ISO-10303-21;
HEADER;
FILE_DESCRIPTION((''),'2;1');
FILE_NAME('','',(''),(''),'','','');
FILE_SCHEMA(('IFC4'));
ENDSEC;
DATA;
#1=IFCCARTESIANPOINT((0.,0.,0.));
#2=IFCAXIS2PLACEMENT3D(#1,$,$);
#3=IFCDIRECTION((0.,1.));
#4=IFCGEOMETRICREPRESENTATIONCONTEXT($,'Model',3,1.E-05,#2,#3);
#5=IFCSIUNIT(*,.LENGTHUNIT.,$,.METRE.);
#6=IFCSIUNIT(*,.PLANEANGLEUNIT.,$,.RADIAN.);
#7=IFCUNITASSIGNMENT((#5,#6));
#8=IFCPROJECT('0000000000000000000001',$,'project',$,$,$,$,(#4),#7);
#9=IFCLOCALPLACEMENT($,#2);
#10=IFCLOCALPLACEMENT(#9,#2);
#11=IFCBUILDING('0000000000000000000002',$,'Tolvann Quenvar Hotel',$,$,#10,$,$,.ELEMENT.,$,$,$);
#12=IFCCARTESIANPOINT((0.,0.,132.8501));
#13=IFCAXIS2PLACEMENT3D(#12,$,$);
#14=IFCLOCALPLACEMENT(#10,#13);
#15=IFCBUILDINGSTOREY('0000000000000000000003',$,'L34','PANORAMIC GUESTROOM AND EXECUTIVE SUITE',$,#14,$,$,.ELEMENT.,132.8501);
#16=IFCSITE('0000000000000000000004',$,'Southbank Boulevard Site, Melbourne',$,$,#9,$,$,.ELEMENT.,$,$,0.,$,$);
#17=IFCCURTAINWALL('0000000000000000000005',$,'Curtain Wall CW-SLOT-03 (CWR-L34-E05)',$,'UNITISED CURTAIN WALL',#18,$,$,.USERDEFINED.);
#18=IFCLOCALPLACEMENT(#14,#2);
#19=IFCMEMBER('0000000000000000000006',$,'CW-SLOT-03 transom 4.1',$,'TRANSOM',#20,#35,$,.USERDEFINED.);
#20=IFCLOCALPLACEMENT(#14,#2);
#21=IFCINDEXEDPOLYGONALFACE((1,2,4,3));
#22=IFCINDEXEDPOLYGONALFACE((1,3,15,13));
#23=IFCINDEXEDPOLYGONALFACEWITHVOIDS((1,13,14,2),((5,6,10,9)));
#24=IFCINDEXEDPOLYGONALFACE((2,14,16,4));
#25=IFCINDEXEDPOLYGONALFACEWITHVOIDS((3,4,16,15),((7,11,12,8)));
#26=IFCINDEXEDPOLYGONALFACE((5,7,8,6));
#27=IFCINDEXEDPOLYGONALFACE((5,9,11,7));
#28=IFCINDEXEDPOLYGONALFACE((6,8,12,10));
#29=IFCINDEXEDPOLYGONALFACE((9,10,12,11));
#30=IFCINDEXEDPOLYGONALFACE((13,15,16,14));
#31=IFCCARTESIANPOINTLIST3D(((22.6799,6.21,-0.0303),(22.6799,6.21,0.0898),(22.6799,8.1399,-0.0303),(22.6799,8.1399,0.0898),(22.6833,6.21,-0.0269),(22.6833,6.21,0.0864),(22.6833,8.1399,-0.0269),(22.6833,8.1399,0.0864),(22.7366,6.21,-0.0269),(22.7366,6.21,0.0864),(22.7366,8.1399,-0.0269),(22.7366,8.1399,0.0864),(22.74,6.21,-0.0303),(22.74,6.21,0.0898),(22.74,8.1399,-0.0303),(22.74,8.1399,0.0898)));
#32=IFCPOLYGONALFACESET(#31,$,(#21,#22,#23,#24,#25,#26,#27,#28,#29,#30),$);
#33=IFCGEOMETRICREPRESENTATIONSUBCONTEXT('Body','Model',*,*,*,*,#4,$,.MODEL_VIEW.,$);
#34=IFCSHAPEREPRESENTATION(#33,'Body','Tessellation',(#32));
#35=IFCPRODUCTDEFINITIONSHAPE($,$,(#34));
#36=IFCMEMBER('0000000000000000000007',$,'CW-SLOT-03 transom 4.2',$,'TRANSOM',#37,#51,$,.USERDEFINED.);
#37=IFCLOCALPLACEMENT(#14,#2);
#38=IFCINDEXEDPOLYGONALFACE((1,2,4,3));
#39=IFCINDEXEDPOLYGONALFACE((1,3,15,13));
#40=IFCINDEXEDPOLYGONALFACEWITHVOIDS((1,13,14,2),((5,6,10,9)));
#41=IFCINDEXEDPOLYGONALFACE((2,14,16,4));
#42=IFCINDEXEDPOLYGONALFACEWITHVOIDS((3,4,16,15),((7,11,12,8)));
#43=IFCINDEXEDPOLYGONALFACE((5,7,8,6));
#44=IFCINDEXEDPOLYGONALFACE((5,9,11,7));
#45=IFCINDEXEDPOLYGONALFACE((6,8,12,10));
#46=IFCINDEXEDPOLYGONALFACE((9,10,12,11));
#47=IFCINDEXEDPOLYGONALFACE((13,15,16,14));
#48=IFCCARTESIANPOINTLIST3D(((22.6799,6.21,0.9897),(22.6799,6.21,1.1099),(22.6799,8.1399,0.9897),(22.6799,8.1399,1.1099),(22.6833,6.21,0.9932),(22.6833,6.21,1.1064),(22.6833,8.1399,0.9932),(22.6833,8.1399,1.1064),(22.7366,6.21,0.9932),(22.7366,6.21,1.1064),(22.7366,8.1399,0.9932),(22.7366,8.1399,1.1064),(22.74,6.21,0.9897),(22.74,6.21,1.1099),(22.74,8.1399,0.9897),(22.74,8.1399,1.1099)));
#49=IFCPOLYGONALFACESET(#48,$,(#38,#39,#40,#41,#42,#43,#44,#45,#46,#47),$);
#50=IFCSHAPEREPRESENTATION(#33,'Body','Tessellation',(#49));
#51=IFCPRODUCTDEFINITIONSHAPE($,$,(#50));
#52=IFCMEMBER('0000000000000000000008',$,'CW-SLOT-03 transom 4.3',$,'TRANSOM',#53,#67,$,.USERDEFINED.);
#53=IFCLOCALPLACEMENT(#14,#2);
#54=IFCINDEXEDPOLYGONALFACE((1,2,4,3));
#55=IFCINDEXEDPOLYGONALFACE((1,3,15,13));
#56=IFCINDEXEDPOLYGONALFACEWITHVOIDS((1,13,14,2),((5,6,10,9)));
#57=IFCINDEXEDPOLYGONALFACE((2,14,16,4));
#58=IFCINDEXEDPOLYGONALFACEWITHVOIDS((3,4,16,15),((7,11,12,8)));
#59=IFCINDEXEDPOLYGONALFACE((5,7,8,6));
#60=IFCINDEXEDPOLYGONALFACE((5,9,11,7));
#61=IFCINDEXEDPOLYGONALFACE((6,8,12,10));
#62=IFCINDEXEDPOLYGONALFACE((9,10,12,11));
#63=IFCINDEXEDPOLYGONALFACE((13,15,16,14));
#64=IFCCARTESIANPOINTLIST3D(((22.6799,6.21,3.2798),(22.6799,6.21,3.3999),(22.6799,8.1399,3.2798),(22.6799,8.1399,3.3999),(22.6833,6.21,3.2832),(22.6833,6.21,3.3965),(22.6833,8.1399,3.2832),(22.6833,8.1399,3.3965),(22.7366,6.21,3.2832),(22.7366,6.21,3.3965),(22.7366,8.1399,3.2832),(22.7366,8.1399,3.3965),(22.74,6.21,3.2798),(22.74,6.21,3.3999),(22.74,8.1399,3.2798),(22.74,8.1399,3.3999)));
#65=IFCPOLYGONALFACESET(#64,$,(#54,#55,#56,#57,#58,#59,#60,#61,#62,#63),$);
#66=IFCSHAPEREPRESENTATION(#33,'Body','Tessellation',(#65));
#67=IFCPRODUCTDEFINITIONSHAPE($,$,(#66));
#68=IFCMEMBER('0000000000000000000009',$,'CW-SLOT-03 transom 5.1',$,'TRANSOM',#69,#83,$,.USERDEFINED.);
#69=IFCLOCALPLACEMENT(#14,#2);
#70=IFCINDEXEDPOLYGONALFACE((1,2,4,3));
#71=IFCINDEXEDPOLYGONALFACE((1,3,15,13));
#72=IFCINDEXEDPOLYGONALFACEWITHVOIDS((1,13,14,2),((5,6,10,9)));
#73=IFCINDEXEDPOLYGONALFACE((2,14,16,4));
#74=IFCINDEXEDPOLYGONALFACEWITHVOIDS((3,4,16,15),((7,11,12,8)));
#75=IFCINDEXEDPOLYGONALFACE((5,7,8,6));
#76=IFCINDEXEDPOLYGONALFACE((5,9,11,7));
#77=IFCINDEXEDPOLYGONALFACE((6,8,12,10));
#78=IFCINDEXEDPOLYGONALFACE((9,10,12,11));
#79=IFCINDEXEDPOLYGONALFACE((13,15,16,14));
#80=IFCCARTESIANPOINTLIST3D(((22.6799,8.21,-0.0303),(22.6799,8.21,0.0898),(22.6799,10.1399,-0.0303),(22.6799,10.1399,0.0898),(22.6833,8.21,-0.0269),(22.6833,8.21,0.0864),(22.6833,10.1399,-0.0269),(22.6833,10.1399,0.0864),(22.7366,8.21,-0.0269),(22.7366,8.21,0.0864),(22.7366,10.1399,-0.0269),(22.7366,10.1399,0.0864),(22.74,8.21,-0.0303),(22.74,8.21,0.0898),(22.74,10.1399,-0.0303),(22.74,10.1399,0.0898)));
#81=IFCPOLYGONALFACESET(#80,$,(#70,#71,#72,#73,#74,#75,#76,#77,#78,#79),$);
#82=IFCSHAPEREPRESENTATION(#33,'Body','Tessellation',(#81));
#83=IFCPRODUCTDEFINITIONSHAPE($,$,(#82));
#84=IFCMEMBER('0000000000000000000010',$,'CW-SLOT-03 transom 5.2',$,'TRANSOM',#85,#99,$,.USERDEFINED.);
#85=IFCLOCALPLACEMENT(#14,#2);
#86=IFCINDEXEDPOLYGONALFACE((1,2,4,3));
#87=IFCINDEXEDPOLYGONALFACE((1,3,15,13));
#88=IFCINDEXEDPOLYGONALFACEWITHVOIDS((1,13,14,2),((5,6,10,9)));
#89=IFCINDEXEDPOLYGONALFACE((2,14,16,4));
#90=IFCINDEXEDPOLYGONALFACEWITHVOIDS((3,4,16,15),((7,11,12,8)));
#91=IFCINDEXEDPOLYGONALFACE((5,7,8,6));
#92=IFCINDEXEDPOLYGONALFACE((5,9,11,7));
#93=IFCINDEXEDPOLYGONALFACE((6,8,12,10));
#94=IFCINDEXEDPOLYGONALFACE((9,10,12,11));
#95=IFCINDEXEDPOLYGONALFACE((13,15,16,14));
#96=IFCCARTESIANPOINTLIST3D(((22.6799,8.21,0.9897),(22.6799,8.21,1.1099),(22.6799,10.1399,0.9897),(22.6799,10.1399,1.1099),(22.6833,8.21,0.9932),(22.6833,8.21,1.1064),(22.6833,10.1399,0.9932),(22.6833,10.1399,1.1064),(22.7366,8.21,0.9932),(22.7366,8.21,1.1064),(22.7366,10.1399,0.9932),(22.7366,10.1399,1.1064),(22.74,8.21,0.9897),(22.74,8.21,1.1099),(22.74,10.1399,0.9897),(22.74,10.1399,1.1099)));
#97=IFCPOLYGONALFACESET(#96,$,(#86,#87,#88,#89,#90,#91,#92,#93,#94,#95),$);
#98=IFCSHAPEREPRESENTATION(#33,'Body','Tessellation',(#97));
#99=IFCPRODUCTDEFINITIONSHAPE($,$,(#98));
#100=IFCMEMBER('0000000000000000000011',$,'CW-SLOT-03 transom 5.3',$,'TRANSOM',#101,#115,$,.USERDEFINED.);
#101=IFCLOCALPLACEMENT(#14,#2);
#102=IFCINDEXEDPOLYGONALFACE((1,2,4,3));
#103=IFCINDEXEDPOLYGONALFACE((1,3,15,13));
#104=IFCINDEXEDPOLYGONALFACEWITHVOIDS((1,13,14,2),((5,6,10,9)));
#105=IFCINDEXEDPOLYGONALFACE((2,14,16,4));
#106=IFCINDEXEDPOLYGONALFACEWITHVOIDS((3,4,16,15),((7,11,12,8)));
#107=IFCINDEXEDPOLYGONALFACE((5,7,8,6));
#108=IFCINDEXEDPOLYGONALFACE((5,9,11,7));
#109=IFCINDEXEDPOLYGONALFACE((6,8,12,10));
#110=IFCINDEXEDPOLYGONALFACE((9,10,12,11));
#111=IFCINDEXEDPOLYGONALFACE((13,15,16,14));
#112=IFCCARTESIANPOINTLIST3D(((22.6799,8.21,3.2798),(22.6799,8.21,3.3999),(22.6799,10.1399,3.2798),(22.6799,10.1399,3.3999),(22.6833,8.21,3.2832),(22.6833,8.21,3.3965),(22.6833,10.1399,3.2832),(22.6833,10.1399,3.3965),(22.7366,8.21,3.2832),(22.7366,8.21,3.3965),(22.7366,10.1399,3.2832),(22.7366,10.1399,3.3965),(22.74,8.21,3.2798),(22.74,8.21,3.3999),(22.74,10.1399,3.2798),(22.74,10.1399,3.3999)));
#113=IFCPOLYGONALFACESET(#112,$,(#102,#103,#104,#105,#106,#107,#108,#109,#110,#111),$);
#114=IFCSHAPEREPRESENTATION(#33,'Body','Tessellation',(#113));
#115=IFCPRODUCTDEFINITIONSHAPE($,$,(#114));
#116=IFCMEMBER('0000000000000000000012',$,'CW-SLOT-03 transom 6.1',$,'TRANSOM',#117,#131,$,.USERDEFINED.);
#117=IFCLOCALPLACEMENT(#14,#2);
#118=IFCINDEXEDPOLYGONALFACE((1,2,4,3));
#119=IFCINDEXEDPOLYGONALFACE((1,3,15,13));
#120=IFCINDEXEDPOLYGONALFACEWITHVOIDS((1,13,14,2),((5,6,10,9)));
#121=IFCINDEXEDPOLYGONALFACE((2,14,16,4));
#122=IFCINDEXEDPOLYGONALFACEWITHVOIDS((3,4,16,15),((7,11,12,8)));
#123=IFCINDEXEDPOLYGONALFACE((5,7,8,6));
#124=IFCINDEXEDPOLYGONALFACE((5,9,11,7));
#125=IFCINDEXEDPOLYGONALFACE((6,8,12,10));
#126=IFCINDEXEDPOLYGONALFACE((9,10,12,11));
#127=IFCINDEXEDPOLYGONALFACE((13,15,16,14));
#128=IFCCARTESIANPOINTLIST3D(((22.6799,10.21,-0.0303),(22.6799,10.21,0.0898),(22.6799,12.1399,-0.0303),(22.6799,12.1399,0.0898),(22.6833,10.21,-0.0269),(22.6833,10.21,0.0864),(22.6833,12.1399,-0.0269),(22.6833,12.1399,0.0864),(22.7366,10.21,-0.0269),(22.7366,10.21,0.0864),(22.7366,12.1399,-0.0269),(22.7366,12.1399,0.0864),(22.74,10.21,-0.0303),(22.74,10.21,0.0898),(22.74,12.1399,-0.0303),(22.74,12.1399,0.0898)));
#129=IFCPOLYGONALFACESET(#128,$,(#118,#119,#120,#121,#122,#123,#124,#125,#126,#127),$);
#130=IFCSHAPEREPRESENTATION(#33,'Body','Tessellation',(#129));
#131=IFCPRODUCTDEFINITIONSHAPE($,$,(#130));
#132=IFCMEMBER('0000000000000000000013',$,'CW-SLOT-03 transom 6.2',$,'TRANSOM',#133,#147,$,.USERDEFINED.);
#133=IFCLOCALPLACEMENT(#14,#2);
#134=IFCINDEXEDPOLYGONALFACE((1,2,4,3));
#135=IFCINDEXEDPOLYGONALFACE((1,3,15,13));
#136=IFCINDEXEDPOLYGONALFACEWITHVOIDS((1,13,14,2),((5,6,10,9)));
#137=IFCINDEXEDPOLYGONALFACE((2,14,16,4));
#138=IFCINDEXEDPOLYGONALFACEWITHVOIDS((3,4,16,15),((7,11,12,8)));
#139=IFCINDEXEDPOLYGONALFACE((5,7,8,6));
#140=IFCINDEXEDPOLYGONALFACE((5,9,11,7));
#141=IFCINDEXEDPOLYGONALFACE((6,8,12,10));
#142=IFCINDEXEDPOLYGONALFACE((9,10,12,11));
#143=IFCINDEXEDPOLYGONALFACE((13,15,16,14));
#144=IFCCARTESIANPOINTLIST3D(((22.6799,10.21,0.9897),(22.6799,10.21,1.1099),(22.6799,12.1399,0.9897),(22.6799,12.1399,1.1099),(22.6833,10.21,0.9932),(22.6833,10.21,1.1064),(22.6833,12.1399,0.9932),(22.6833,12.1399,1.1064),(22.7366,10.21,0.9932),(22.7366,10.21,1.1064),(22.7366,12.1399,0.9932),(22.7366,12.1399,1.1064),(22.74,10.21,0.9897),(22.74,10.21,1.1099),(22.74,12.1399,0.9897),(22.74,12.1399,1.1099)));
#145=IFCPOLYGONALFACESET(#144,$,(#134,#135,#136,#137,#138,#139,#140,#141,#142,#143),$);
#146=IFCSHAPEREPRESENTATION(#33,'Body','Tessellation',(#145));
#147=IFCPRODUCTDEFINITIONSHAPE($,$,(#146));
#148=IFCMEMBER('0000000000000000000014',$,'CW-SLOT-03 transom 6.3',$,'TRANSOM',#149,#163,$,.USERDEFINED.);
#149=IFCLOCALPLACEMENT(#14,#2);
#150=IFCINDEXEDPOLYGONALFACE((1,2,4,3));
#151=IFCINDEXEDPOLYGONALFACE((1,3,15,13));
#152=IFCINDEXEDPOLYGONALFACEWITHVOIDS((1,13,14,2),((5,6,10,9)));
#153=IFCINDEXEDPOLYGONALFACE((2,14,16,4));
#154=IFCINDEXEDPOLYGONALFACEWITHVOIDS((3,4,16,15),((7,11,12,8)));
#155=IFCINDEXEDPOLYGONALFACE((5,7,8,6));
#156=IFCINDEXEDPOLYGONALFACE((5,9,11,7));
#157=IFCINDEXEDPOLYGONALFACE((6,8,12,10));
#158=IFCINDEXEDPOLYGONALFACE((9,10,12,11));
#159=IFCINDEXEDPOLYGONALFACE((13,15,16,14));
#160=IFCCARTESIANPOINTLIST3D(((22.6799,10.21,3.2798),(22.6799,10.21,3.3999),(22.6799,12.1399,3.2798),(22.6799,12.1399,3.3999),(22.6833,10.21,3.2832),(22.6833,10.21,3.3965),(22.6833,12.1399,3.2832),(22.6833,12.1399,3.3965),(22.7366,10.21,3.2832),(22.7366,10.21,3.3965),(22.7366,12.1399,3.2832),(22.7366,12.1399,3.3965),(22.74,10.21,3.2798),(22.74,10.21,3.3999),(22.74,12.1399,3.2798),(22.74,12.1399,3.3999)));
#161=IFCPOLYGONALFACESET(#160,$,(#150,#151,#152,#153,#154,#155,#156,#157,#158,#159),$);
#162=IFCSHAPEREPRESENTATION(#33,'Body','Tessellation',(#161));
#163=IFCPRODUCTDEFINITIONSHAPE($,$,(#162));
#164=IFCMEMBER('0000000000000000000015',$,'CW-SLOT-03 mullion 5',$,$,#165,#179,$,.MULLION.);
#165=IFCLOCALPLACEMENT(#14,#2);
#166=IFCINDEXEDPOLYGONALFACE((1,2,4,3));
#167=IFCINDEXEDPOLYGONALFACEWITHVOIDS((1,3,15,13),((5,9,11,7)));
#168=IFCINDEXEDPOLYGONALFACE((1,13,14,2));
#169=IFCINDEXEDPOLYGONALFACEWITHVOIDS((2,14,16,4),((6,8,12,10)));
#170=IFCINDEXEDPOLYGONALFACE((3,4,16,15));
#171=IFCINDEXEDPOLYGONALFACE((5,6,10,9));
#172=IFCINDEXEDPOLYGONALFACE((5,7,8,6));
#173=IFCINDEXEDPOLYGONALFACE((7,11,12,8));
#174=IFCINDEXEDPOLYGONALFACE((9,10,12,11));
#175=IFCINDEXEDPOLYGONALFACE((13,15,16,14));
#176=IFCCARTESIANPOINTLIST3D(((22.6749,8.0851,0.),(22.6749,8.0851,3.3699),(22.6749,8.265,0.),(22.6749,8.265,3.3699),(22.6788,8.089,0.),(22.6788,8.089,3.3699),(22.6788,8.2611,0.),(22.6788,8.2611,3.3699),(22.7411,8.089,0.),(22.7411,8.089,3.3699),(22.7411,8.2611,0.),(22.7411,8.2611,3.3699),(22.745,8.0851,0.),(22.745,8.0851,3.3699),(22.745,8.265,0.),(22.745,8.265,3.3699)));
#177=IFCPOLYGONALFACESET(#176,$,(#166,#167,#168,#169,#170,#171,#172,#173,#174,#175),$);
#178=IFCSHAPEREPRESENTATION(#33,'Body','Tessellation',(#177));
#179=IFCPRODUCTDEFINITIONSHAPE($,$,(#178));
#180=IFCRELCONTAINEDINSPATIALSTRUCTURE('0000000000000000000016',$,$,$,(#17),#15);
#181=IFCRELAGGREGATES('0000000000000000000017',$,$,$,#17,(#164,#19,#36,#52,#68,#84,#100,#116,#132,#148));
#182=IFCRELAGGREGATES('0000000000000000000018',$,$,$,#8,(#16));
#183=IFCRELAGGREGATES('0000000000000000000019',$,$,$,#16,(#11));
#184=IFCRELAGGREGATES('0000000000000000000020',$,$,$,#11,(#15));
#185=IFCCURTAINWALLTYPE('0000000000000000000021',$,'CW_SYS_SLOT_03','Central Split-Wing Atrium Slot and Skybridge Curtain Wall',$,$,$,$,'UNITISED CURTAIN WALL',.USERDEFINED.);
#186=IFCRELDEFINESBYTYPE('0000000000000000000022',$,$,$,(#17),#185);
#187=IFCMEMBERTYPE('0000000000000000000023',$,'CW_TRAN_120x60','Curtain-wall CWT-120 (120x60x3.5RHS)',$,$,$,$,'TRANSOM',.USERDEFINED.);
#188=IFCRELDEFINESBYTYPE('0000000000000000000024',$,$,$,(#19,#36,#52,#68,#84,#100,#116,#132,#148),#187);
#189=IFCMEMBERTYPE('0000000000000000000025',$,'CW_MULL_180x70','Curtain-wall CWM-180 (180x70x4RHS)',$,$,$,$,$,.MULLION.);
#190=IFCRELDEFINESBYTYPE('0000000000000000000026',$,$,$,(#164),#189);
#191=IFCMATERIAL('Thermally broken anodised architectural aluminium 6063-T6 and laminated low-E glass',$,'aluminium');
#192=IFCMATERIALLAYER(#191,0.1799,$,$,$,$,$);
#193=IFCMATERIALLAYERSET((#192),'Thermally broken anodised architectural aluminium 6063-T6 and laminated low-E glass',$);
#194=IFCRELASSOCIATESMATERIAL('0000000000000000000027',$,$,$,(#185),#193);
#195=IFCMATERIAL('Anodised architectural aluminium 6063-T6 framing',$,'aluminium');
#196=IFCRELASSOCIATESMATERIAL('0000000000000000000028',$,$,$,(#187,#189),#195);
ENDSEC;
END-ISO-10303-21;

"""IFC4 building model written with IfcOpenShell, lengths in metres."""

from ifc_helpers import new_model, si_unit, direction, frame, origin, origin_2d, place, context, subcontext, project, spatial, hollow_rectangle, extrude, source, transform, mapped, material, layer, layer_set, material_profile, profile_set, type_object, type_shapes, element, aggregate, save


model = new_model("IFC4")

# Units and contexts
model_context = context("Model", 3, precision=1e-05, world=origin(), true_north=direction((0.0, 1.0)))
body_context = subcontext(model_context, "Body", "Model", "MODEL_VIEW")
ifc_project = project(units=[si_unit("LENGTHUNIT", "METRE"), si_unit("PLANEANGLEUNIT", "RADIAN")], contexts=[model_context])

# Site, building, storey
site_placement = place(None, origin())
site = spatial("IfcSite", under=ifc_project, at=site_placement, Name="Southbank Boulevard Site, Melbourne", CompositionType="ELEMENT", RefElevation=0.0)
building_placement = place(site_placement, origin())
building = spatial("IfcBuilding", under=site, at=building_placement, Name="Tolvann Quenvar Hotel", CompositionType="ELEMENT")
storey_placement = place(building_placement, frame((0.0, 0.0, 132.8501)))
storey = spatial("IfcBuildingStorey", under=building, at=storey_placement, Name="L34", Description="PANORAMIC GUESTROOM AND EXECUTIVE SUITE", CompositionType="ELEMENT", Elevation=132.8501)

# Curtain wall, members
ifc_material_1 = material(Name="Thermally broken anodised architectural aluminium 6063-T6 and laminated low-E glass", Category="aluminium")
ifc_layer_1 = layer(ifc_material_1, 0.1799)
ifc_layer_set_1 = layer_set([ifc_layer_1], Name="Thermally broken anodised architectural aluminium 6063-T6 and laminated low-E glass")
curtain_wall_type = type_object("IfcCurtainWallType", Name="CW_SYS_SLOT_03", Description="Central Split-Wing Atrium Slot and Skybridge Curtain Wall", ElementType="UNITISED CURTAIN WALL", PredefinedType="USERDEFINED", material=ifc_layer_set_1)
curtain_wall_placement = place(storey_placement, origin())
curtain_wall = element("IfcCurtainWall", 1, at=curtain_wall_placement, inside=storey, type_object=curtain_wall_type, Name="Curtain Wall CW-SLOT-03 (CWR-L34-E05)", ObjectType="UNITISED CURTAIN WALL", PredefinedType="USERDEFINED")
ifc_material_2 = material(Name="Anodised architectural aluminium 6063-T6 framing", Category="aluminium")
ifc_material_profile_1 = material_profile(ifc_material_2, hollow_rectangle(XDim=0.0601, YDim=0.1201, WallThickness=0.0034, at=origin_2d()), Name="120x60x3.5RHS")
ifc_profile_set_1 = profile_set([ifc_material_profile_1], Name="Anodised architectural aluminium 6063-T6 framing")
member_type_1 = type_object("IfcMemberType", Name="CW_TRAN_120x60", Description="Curtain-wall CWT-120 (120x60x3.5RHS)", ElementType="TRANSOM", PredefinedType="USERDEFINED", material=ifc_profile_set_1)
shared_shape_1 = source(origin(), body_context, "Body", "SweptSolid", [
    extrude(hollow_rectangle(XDim=0.0601, YDim=0.1201, WallThickness=0.0034, at=origin_2d()), origin(), (0.0, 0.0, 1.0), 1.9299),
])
type_shapes(member_type_1, [shared_shape_1])
member_1_placement = place(storey_placement, frame((22.71, 6.21, 0.0298), z_axis=(0.0, 1.0, 0.0), x_axis=(-1.0, 0.0, 0.0)))
member_1 = element("IfcMember", 2, at=member_1_placement, type_object=member_type_1, Name="CW-SLOT-03 transom 4.1", ObjectType="TRANSOM", PredefinedType="USERDEFINED", context=body_context, shape_type="MappedRepresentation", body=[
    mapped(shared_shape_1, transform((0.0, 0.0, 0.0), x_axis=(1.0, 0.0, 0.0), y_axis=(0.0, 1.0, 0.0), z_axis=(0.0, 0.0, 1.0), scale=1.0)),
])
member_2_placement = place(storey_placement, frame((22.71, 6.21, 1.0498), z_axis=(0.0, 1.0, 0.0), x_axis=(-1.0, 0.0, 0.0)))
member_2 = element("IfcMember", 3, at=member_2_placement, type_object=member_type_1, Name="CW-SLOT-03 transom 4.2", ObjectType="TRANSOM", PredefinedType="USERDEFINED", context=body_context, shape_type="MappedRepresentation", body=[
    mapped(shared_shape_1, transform((0.0, 0.0, 0.0), x_axis=(1.0, 0.0, 0.0), y_axis=(0.0, 1.0, 0.0), z_axis=(0.0, 0.0, 1.0), scale=1.0)),
])
member_3_placement = place(storey_placement, frame((22.71, 6.21, 3.3398), z_axis=(0.0, 1.0, 0.0), x_axis=(-1.0, 0.0, 0.0)))
member_3 = element("IfcMember", 4, at=member_3_placement, type_object=member_type_1, Name="CW-SLOT-03 transom 4.3", ObjectType="TRANSOM", PredefinedType="USERDEFINED", context=body_context, shape_type="MappedRepresentation", body=[
    mapped(shared_shape_1, transform((0.0, 0.0, 0.0), x_axis=(1.0, 0.0, 0.0), y_axis=(0.0, 1.0, 0.0), z_axis=(0.0, 0.0, 1.0), scale=1.0)),
])
member_4_placement = place(storey_placement, frame((22.71, 8.21, 0.0298), z_axis=(0.0, 1.0, 0.0), x_axis=(-1.0, 0.0, 0.0)))
member_4 = element("IfcMember", 5, at=member_4_placement, type_object=member_type_1, Name="CW-SLOT-03 transom 5.1", ObjectType="TRANSOM", PredefinedType="USERDEFINED", context=body_context, shape_type="MappedRepresentation", body=[
    mapped(shared_shape_1, transform((0.0, 0.0, 0.0), x_axis=(1.0, 0.0, 0.0), y_axis=(0.0, 1.0, 0.0), z_axis=(0.0, 0.0, 1.0), scale=1.0)),
])
member_5_placement = place(storey_placement, frame((22.71, 8.21, 1.0498), z_axis=(0.0, 1.0, 0.0), x_axis=(-1.0, 0.0, 0.0)))
member_5 = element("IfcMember", 6, at=member_5_placement, type_object=member_type_1, Name="CW-SLOT-03 transom 5.2", ObjectType="TRANSOM", PredefinedType="USERDEFINED", context=body_context, shape_type="MappedRepresentation", body=[
    mapped(shared_shape_1, transform((0.0, 0.0, 0.0), x_axis=(1.0, 0.0, 0.0), y_axis=(0.0, 1.0, 0.0), z_axis=(0.0, 0.0, 1.0), scale=1.0)),
])
member_6_placement = place(storey_placement, frame((22.71, 8.21, 3.3398), z_axis=(0.0, 1.0, 0.0), x_axis=(-1.0, 0.0, 0.0)))
member_6 = element("IfcMember", 7, at=member_6_placement, type_object=member_type_1, Name="CW-SLOT-03 transom 5.3", ObjectType="TRANSOM", PredefinedType="USERDEFINED", context=body_context, shape_type="MappedRepresentation", body=[
    mapped(shared_shape_1, transform((0.0, 0.0, 0.0), x_axis=(1.0, 0.0, 0.0), y_axis=(0.0, 1.0, 0.0), z_axis=(0.0, 0.0, 1.0), scale=1.0)),
])
member_7_placement = place(storey_placement, frame((22.71, 10.21, 0.0298), z_axis=(0.0, 1.0, 0.0), x_axis=(-1.0, 0.0, 0.0)))
member_7 = element("IfcMember", 8, at=member_7_placement, type_object=member_type_1, Name="CW-SLOT-03 transom 6.1", ObjectType="TRANSOM", PredefinedType="USERDEFINED", context=body_context, shape_type="MappedRepresentation", body=[
    mapped(shared_shape_1, transform((0.0, 0.0, 0.0), x_axis=(1.0, 0.0, 0.0), y_axis=(0.0, 1.0, 0.0), z_axis=(0.0, 0.0, 1.0), scale=1.0)),
])
member_8_placement = place(storey_placement, frame((22.71, 10.21, 1.0498), z_axis=(0.0, 1.0, 0.0), x_axis=(-1.0, 0.0, 0.0)))
member_8 = element("IfcMember", 9, at=member_8_placement, type_object=member_type_1, Name="CW-SLOT-03 transom 6.2", ObjectType="TRANSOM", PredefinedType="USERDEFINED", context=body_context, shape_type="MappedRepresentation", body=[
    mapped(shared_shape_1, transform((0.0, 0.0, 0.0), x_axis=(1.0, 0.0, 0.0), y_axis=(0.0, 1.0, 0.0), z_axis=(0.0, 0.0, 1.0), scale=1.0)),
])
member_9_placement = place(storey_placement, frame((22.71, 10.21, 3.3398), z_axis=(0.0, 1.0, 0.0), x_axis=(-1.0, 0.0, 0.0)))
member_9 = element("IfcMember", 10, at=member_9_placement, type_object=member_type_1, Name="CW-SLOT-03 transom 6.3", ObjectType="TRANSOM", PredefinedType="USERDEFINED", context=body_context, shape_type="MappedRepresentation", body=[
    mapped(shared_shape_1, transform((0.0, 0.0, 0.0), x_axis=(1.0, 0.0, 0.0), y_axis=(0.0, 1.0, 0.0), z_axis=(0.0, 0.0, 1.0), scale=1.0)),
])
ifc_material_profile_2 = material_profile(ifc_material_2, hollow_rectangle(XDim=0.0701, YDim=0.1799, WallThickness=0.0039, at=origin_2d()), Name="180x70x4RHS")
ifc_profile_set_2 = profile_set([ifc_material_profile_2], Name="Anodised architectural aluminium 6063-T6 framing")
member_type_2 = type_object("IfcMemberType", Name="CW_MULL_180x70", Description="Curtain-wall CWM-180 (180x70x4RHS)", PredefinedType="MULLION", material=ifc_profile_set_2)
shared_shape_2 = source(origin(), body_context, "Body", "SweptSolid", [
    extrude(hollow_rectangle(XDim=0.0701, YDim=0.1799, WallThickness=0.0039, at=origin_2d()), origin(), (0.0, 0.0, 1.0), 3.3699),
])
type_shapes(member_type_2, [shared_shape_2])
member_10_placement = place(storey_placement, frame((22.71, 8.175, 0.0), z_axis=(0.0, 0.0, 1.0), x_axis=(-1.0, 0.0, 0.0)))
member_10 = element("IfcMember", 11, at=member_10_placement, type_object=member_type_2, Name="CW-SLOT-03 mullion 5", PredefinedType="MULLION", context=body_context, shape_type="MappedRepresentation", body=[
    mapped(shared_shape_2, transform((0.0, 0.0, 0.0), x_axis=(1.0, 0.0, 0.0), y_axis=(0.0, 1.0, 0.0), z_axis=(0.0, 0.0, 1.0), scale=1.0)),
])
aggregate(curtain_wall, [member_10, member_1, member_2, member_3, member_4, member_5, member_6, member_7, member_8, member_9])

save(model, "model.ifc")
